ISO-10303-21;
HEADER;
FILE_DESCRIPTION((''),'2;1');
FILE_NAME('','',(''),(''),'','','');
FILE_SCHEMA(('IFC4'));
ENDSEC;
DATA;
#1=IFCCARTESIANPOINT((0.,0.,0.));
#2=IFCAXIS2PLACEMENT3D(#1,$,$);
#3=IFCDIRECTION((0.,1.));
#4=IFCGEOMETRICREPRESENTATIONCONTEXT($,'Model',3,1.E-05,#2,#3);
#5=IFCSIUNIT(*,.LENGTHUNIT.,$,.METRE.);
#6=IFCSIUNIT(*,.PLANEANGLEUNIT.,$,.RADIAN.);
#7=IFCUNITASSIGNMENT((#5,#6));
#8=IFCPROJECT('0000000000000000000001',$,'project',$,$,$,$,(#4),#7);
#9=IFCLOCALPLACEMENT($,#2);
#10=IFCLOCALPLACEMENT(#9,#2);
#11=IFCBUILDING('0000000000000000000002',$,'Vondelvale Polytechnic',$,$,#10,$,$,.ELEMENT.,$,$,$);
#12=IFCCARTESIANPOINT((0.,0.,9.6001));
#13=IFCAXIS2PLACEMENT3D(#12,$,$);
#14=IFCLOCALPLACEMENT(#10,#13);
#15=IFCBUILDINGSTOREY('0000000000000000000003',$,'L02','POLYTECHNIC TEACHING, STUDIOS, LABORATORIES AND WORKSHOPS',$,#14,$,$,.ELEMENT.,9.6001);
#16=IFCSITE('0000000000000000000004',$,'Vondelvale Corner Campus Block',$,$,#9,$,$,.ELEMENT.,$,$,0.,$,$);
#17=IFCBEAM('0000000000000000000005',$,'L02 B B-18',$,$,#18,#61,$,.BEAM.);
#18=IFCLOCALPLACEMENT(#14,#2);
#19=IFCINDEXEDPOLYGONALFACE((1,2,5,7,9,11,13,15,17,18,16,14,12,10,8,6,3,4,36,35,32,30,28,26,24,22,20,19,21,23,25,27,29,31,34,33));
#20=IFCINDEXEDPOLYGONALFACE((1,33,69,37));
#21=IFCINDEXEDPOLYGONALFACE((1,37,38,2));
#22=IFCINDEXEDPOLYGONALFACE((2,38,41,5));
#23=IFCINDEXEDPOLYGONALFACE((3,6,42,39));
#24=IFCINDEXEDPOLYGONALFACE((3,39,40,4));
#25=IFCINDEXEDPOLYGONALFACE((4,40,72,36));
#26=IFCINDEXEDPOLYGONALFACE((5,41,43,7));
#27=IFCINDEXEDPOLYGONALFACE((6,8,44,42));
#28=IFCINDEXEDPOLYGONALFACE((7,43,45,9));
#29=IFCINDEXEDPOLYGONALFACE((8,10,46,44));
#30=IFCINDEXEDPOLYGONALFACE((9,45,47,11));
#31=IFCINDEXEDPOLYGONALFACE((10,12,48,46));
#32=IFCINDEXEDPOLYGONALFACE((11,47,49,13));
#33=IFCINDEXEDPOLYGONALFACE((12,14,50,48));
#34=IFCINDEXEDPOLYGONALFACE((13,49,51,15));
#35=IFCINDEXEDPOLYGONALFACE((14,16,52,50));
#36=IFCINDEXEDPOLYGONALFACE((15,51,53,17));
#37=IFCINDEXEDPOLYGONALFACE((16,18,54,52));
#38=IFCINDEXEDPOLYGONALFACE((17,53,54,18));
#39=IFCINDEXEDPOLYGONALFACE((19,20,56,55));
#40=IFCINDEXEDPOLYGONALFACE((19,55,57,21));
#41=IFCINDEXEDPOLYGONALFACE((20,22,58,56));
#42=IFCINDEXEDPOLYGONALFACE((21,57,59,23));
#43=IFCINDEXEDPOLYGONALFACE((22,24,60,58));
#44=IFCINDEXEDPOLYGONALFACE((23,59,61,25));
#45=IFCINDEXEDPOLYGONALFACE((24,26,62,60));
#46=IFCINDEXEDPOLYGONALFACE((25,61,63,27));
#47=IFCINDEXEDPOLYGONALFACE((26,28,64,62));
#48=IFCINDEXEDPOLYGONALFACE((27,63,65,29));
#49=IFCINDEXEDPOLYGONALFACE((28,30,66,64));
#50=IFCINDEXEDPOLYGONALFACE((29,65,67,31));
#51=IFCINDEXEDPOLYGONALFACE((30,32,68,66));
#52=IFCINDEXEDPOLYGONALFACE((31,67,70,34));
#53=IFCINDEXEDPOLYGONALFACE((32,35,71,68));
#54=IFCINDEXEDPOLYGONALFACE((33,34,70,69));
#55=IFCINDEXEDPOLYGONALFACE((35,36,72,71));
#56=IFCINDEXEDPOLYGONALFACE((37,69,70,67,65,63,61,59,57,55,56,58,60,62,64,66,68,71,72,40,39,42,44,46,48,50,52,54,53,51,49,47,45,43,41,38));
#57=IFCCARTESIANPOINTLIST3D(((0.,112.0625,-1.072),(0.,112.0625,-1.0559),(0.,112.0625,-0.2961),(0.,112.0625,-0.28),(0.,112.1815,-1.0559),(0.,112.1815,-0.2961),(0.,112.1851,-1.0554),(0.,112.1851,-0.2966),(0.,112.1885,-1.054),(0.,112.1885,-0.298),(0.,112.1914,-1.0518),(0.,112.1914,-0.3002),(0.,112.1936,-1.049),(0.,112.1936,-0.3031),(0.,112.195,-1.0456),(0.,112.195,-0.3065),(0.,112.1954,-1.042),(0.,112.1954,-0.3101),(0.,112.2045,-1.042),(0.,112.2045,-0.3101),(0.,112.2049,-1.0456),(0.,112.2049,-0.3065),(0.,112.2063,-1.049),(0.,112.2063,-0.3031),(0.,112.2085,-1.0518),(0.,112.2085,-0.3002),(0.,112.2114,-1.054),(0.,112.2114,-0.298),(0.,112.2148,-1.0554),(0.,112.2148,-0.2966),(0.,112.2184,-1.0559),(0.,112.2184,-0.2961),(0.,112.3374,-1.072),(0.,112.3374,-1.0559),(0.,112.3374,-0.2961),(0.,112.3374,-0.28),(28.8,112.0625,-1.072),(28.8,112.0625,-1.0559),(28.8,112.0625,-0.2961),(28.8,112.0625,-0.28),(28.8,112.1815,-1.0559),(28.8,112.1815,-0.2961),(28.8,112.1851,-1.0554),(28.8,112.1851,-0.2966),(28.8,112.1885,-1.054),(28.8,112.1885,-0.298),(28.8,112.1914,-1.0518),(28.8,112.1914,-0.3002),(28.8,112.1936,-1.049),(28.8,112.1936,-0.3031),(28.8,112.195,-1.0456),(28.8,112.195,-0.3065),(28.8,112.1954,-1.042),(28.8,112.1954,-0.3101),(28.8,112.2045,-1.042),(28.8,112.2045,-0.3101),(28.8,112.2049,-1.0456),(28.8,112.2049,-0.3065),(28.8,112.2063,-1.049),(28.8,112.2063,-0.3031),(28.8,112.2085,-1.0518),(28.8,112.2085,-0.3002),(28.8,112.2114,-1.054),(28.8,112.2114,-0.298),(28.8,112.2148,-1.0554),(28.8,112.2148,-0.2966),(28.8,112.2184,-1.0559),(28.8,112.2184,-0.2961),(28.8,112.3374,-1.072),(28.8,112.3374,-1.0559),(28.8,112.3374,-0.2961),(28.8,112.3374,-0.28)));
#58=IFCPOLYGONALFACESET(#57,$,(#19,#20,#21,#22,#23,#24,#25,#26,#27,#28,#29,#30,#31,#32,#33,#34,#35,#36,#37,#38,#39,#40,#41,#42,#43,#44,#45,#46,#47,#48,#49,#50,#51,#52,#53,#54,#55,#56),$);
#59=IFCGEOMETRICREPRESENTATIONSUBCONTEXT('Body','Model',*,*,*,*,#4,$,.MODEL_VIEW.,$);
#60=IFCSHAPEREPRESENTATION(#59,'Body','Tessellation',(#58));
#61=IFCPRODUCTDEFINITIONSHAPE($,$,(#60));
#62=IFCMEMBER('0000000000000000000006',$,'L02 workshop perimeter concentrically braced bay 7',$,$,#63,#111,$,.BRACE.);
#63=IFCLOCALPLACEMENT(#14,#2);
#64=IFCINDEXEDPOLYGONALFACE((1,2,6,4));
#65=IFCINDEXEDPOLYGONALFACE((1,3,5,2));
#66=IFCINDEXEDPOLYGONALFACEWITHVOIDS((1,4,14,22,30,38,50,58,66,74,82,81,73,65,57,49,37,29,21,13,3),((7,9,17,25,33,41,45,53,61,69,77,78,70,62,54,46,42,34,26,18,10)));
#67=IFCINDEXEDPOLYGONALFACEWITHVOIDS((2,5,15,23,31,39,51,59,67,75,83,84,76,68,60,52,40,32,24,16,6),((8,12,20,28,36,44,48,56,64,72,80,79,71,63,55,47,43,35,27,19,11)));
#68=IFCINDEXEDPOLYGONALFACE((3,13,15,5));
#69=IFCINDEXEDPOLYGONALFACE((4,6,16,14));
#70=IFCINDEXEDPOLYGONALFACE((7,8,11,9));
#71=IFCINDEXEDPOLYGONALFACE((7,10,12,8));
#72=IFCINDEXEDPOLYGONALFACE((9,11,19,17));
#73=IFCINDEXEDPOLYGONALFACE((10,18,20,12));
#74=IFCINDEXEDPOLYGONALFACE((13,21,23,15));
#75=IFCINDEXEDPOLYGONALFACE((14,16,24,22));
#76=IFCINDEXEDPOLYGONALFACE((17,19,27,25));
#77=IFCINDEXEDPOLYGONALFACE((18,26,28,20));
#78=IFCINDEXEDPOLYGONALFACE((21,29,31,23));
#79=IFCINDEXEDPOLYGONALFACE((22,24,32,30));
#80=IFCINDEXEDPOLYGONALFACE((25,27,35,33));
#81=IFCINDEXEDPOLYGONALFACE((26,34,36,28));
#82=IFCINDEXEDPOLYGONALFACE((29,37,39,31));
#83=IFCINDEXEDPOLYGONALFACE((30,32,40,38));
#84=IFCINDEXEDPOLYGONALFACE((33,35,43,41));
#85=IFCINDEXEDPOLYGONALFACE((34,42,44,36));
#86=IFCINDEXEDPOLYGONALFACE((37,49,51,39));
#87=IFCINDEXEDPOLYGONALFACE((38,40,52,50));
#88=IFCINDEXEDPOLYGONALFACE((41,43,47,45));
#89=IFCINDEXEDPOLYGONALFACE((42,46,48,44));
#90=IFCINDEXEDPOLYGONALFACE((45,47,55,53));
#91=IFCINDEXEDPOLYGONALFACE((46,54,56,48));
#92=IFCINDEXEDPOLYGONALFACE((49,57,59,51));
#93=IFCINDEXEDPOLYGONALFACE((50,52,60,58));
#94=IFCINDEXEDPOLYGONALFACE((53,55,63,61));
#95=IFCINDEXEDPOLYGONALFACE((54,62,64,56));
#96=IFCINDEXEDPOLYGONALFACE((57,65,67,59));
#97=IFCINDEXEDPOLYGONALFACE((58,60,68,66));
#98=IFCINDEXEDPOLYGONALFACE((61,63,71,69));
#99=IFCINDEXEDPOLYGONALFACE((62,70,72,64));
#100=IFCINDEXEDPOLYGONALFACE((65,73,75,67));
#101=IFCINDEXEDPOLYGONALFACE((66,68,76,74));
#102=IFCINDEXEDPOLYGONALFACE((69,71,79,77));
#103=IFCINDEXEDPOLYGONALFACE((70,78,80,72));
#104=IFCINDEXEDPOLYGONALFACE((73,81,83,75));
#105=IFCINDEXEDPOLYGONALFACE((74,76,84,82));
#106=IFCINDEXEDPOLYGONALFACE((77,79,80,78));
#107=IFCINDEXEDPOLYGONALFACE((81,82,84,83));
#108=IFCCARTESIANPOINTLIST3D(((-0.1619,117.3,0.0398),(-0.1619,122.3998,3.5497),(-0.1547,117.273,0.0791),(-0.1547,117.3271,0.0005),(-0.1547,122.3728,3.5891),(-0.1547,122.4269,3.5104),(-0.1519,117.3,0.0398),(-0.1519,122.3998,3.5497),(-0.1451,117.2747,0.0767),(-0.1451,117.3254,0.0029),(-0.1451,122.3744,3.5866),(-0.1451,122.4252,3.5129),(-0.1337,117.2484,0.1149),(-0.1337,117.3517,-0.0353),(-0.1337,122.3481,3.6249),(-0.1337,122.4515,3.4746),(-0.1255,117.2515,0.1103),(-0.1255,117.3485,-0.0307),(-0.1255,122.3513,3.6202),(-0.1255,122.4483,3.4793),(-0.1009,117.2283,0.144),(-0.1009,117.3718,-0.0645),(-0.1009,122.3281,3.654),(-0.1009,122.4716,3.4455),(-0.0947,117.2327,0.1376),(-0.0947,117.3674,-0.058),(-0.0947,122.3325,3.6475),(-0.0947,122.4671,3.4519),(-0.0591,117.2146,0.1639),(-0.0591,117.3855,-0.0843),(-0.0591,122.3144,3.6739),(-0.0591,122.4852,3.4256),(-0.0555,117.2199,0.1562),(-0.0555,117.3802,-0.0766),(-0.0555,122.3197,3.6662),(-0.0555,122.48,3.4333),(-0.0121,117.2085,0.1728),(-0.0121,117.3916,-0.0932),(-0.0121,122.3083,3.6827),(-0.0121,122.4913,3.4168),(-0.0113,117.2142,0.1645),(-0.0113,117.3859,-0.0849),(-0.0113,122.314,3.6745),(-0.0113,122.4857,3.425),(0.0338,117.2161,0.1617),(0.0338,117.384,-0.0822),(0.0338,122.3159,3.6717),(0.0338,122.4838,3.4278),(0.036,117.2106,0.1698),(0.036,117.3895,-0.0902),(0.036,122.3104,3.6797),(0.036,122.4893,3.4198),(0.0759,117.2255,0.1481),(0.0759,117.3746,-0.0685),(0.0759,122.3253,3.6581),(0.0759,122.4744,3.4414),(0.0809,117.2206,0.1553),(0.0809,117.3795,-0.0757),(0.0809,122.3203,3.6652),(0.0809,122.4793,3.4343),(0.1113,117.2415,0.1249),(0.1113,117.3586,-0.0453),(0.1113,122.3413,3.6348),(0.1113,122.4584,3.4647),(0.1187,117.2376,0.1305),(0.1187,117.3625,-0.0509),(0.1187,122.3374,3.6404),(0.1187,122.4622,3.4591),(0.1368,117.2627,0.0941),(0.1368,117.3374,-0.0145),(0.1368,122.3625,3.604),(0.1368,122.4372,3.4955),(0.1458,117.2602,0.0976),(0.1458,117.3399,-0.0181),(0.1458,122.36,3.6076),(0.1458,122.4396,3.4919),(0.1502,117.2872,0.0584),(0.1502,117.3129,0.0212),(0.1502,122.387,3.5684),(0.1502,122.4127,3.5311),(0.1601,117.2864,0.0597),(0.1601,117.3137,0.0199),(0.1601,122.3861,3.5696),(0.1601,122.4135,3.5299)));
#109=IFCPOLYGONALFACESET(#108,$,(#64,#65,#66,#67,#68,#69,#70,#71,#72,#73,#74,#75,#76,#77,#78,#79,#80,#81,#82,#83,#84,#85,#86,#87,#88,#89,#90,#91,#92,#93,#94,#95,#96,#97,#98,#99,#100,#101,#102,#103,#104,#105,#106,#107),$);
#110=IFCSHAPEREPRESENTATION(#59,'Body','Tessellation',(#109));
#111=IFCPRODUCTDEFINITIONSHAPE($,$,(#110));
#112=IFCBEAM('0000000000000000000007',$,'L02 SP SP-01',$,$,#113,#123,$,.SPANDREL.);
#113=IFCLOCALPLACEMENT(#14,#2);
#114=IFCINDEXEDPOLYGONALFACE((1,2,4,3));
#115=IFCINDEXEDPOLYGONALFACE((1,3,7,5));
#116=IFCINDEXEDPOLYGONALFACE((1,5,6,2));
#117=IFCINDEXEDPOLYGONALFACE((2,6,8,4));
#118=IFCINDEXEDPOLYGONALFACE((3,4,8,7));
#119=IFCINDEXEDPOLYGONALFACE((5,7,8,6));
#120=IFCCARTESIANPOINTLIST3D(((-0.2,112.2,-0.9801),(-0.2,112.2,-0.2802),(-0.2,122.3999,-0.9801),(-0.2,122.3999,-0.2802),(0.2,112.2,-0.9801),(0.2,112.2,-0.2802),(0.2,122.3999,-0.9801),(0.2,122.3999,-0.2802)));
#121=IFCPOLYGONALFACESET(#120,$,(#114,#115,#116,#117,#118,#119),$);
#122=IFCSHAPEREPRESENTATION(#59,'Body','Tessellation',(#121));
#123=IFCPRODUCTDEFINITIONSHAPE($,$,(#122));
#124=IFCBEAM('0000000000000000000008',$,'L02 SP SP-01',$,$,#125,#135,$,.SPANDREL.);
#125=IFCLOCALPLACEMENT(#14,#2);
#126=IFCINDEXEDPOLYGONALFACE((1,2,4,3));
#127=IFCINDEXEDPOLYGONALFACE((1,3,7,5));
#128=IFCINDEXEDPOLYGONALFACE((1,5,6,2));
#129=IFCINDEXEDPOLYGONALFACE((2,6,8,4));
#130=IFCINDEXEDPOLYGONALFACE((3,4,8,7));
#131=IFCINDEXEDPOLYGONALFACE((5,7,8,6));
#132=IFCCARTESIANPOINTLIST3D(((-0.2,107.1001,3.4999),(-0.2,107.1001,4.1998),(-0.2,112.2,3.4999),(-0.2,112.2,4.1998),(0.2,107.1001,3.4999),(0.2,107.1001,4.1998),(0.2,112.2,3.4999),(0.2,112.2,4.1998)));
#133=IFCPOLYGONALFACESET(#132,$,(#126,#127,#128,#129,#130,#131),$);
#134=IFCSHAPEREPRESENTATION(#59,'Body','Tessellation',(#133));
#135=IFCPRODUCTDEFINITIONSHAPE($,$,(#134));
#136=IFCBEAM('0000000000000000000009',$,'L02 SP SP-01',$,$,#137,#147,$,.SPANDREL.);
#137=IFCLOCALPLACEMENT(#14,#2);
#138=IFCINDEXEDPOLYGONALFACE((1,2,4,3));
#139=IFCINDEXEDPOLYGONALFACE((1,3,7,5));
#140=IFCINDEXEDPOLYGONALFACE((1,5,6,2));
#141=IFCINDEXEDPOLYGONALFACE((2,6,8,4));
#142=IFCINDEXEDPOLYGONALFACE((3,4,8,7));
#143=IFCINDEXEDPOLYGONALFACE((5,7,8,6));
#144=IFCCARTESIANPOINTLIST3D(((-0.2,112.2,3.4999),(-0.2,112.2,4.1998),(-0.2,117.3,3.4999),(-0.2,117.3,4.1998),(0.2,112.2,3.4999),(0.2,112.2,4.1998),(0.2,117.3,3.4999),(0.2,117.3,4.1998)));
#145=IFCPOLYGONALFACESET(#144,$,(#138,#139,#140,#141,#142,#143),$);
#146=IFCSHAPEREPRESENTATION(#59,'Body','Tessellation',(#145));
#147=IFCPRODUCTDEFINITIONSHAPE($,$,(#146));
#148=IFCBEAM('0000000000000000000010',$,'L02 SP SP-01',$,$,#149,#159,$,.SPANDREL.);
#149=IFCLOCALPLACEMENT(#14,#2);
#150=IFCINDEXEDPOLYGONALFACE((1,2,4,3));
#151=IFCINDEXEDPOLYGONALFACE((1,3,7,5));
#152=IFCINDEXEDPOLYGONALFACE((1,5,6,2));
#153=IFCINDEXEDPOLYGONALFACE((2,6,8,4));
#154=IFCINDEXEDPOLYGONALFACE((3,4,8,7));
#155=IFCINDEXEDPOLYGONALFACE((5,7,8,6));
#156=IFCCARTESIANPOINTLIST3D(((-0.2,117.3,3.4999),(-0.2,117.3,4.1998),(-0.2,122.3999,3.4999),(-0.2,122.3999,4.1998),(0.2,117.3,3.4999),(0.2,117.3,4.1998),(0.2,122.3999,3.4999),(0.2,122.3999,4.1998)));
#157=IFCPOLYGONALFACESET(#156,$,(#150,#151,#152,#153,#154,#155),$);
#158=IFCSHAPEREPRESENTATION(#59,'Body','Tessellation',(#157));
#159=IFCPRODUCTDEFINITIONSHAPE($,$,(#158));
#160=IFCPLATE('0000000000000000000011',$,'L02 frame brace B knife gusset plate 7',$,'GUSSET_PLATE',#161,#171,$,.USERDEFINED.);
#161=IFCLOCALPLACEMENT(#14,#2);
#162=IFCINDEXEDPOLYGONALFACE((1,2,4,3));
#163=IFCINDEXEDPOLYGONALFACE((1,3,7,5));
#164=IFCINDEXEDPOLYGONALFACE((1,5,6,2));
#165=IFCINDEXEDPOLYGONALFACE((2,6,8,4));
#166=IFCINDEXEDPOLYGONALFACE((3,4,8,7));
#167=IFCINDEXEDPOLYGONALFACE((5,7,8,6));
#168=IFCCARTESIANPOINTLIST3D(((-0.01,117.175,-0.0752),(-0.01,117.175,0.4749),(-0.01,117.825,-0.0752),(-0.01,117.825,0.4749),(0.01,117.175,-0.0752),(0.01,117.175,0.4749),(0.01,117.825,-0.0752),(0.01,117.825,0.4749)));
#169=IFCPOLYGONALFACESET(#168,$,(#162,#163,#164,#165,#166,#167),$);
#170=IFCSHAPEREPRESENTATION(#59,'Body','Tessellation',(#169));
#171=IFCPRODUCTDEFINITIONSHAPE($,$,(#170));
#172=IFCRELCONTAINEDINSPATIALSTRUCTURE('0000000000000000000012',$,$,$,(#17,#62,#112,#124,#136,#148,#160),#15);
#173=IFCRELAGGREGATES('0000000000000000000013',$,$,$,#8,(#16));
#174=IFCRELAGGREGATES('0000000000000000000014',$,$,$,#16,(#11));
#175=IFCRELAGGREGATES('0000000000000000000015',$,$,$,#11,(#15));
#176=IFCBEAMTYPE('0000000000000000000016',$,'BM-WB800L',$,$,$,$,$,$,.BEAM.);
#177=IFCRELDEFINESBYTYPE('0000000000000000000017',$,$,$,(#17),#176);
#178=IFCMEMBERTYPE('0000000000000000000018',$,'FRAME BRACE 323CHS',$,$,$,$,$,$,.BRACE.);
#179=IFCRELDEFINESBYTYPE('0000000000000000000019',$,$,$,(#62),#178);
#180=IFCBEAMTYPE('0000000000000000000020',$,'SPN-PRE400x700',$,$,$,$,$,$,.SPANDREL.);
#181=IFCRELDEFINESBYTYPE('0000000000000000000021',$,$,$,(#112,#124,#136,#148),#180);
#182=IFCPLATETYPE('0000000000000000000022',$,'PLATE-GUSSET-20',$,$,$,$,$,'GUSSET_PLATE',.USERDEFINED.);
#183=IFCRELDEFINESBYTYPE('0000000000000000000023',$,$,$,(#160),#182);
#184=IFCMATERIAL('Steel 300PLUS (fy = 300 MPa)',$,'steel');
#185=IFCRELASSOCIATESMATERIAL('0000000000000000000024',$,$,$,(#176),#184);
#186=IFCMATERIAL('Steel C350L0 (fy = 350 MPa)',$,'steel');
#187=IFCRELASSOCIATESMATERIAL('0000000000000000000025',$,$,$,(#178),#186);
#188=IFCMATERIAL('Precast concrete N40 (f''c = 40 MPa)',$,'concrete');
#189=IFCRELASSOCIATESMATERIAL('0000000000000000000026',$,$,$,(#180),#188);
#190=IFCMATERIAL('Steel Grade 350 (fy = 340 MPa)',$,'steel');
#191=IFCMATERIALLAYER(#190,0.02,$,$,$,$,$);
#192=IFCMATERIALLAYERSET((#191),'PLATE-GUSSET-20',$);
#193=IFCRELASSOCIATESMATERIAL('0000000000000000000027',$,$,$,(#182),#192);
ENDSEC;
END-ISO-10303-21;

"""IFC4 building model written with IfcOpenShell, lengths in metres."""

from ifc_helpers import new_model, si_unit, direction, frame, origin, origin_2d, place, context, subcontext, project, spatial, rectangle, hollow_circle, i_section, extrude, material, layer, layer_set, material_profile, profile_set, type_object, element, save


model = new_model("IFC4")

# Units and contexts
model_context = context("Model", 3, precision=1e-05, world=origin(), true_north=direction((0.0, 1.0)))
body_context = subcontext(model_context, "Body", "Model", "MODEL_VIEW")
ifc_project = project(units=[si_unit("LENGTHUNIT", "METRE"), si_unit("PLANEANGLEUNIT", "RADIAN")], contexts=[model_context])

# Site, building, storey
site_placement = place(None, origin())
site = spatial("IfcSite", under=ifc_project, at=site_placement, Name="Vondelvale Corner Campus Block", CompositionType="ELEMENT", RefElevation=0.0)
building_placement = place(site_placement, origin())
building = spatial("IfcBuilding", under=site, at=building_placement, Name="Vondelvale Polytechnic", CompositionType="ELEMENT")
storey_placement = place(building_placement, frame((0.0, 0.0, 9.6001)))
storey = spatial("IfcBuildingStorey", under=building, at=storey_placement, Name="L02", Description="POLYTECHNIC TEACHING, STUDIOS, LABORATORIES AND WORKSHOPS", CompositionType="ELEMENT", Elevation=9.6001)

# Shared definitions
ifc_material_1 = material(Name="Steel 300PLUS (fy = 300 MPa)", Category="steel")

# Beam
ifc_material_profile_1 = material_profile(ifc_material_1, i_section(OverallWidth=0.2749, OverallDepth=0.792, WebThickness=0.009, FlangeThickness=0.0161, FilletRadius=0.0139, at=origin_2d()), Name="800WB146")
ifc_profile_set_1 = profile_set([ifc_material_profile_1], Name="Steel 300PLUS (fy = 300 MPa)")
beam_type_1 = type_object("IfcBeamType", Name="BM-WB800L", PredefinedType="BEAM", material=ifc_profile_set_1)
beam_1_placement = place(storey_placement, frame((0.0, 112.2, -0.676), z_axis=(1.0, 0.0, 0.0), x_axis=(0.0, 1.0, 0.0)))
element("IfcBeam", 1, at=beam_1_placement, inside=storey, type_object=beam_type_1, Name="L02 B B-18", PredefinedType="BEAM", context=body_context, shape_type="SweptSolid", body=[
    extrude(i_section(OverallWidth=0.2749, OverallDepth=0.792, WebThickness=0.009, FlangeThickness=0.0161, FilletRadius=0.0139, at=origin_2d()), origin(), (0.0, 0.0, 1.0), 28.8),
])

# Member
ifc_material_2 = material(Name="Steel C350L0 (fy = 350 MPa)", Category="steel")
ifc_material_profile_2 = material_profile(ifc_material_2, hollow_circle(Radius=0.1619, WallThickness=0.01, at=origin_2d()), Name="323.9x10.0CHS")
ifc_profile_set_2 = profile_set([ifc_material_profile_2], Name="Steel C350L0 (fy = 350 MPa)")
member_type = type_object("IfcMemberType", Name="FRAME BRACE 323CHS", PredefinedType="BRACE", material=ifc_profile_set_2)
member_placement = place(storey_placement, frame((0.0, 117.3, 0.0398), z_axis=(0.0, 0.823751, 0.566952), x_axis=(-1.0, 0.0, 0.0)))
element("IfcMember", 2, at=member_placement, inside=storey, type_object=member_type, Name="L02 workshop perimeter concentrically braced bay 7", PredefinedType="BRACE", context=body_context, shape_type="SweptSolid", body=[
    extrude(hollow_circle(Radius=0.1619, WallThickness=0.01, at=origin_2d()), origin(), (0.0, 0.0, 1.0), 6.1909),
])

# Beams
ifc_material_3 = material(Name="Precast concrete N40 (f'c = 40 MPa)", Category="concrete")
ifc_material_profile_3 = material_profile(ifc_material_3, rectangle(XDim=0.3999, YDim=0.7, at=origin_2d()), Name="RC-SPN-400x700")
ifc_profile_set_3 = profile_set([ifc_material_profile_3], Name="Precast concrete N40 (f'c = 40 MPa)")
beam_type_2 = type_object("IfcBeamType", Name="SPN-PRE400x700", PredefinedType="SPANDREL", material=ifc_profile_set_3)
beam_2_placement = place(storey_placement, frame((0.0, 112.2, -0.6301), z_axis=(0.0, 1.0, 0.0), x_axis=(-1.0, 0.0, 0.0)))
element("IfcBeam", 3, at=beam_2_placement, inside=storey, type_object=beam_type_2, Name="L02 SP SP-01", PredefinedType="SPANDREL", context=body_context, shape_type="SweptSolid", body=[
    extrude(rectangle(XDim=0.3999, YDim=0.7, at=origin_2d()), origin(), (0.0, 0.0, 1.0), 10.2),
])
beam_3_placement = place(storey_placement, frame((0.0, 107.1001, 3.8499), z_axis=(0.0, 1.0, 0.0), x_axis=(-1.0, 0.0, 0.0)))
element("IfcBeam", 4, at=beam_3_placement, inside=storey, type_object=beam_type_2, Name="L02 SP SP-01", PredefinedType="SPANDREL", context=body_context, shape_type="SweptSolid", body=[
    extrude(rectangle(XDim=0.3999, YDim=0.7, at=origin_2d()), origin(), (0.0, 0.0, 1.0), 5.0999),
])
beam_4_placement = place(storey_placement, frame((0.0, 112.2, 3.8499), z_axis=(0.0, 1.0, 0.0), x_axis=(-1.0, 0.0, 0.0)))
element("IfcBeam", 5, at=beam_4_placement, inside=storey, type_object=beam_type_2, Name="L02 SP SP-01", PredefinedType="SPANDREL", context=body_context, shape_type="SweptSolid", body=[
    extrude(rectangle(XDim=0.3999, YDim=0.7, at=origin_2d()), origin(), (0.0, 0.0, 1.0), 5.1001),
])
beam_5_placement = place(storey_placement, frame((0.0, 117.3, 3.8499), z_axis=(0.0, 1.0, 0.0), x_axis=(-1.0, 0.0, 0.0)))
element("IfcBeam", 6, at=beam_5_placement, inside=storey, type_object=beam_type_2, Name="L02 SP SP-01", PredefinedType="SPANDREL", context=body_context, shape_type="SweptSolid", body=[
    extrude(rectangle(XDim=0.3999, YDim=0.7, at=origin_2d()), origin(), (0.0, 0.0, 1.0), 5.0999),
])

# Plate
ifc_material_4 = material(Name="Steel Grade 350 (fy = 340 MPa)", Category="steel")
ifc_layer_1 = layer(ifc_material_4, 0.02)
ifc_layer_set_1 = layer_set([ifc_layer_1], Name="PLATE-GUSSET-20")
plate_type = type_object("IfcPlateType", Name="PLATE-GUSSET-20", ElementType="GUSSET_PLATE", PredefinedType="USERDEFINED", material=ifc_layer_set_1)
plate_placement = place(storey_placement, frame((0.0, 117.5, -0.0752), z_axis=(0.0, 0.0, 1.0), x_axis=(1.0, 0.0, 0.0)))
element("IfcPlate", 7, at=plate_placement, inside=storey, type_object=plate_type, Name="L02 frame brace B knife gusset plate 7", ObjectType="GUSSET_PLATE", PredefinedType="USERDEFINED", context=body_context, shape_type="SweptSolid", body=[
    extrude(rectangle(XDim=0.02, YDim=0.6499, at=origin_2d()), origin(), (0.0, 0.0, 1.0), 0.55),
])

save(model, "model.ifc")
